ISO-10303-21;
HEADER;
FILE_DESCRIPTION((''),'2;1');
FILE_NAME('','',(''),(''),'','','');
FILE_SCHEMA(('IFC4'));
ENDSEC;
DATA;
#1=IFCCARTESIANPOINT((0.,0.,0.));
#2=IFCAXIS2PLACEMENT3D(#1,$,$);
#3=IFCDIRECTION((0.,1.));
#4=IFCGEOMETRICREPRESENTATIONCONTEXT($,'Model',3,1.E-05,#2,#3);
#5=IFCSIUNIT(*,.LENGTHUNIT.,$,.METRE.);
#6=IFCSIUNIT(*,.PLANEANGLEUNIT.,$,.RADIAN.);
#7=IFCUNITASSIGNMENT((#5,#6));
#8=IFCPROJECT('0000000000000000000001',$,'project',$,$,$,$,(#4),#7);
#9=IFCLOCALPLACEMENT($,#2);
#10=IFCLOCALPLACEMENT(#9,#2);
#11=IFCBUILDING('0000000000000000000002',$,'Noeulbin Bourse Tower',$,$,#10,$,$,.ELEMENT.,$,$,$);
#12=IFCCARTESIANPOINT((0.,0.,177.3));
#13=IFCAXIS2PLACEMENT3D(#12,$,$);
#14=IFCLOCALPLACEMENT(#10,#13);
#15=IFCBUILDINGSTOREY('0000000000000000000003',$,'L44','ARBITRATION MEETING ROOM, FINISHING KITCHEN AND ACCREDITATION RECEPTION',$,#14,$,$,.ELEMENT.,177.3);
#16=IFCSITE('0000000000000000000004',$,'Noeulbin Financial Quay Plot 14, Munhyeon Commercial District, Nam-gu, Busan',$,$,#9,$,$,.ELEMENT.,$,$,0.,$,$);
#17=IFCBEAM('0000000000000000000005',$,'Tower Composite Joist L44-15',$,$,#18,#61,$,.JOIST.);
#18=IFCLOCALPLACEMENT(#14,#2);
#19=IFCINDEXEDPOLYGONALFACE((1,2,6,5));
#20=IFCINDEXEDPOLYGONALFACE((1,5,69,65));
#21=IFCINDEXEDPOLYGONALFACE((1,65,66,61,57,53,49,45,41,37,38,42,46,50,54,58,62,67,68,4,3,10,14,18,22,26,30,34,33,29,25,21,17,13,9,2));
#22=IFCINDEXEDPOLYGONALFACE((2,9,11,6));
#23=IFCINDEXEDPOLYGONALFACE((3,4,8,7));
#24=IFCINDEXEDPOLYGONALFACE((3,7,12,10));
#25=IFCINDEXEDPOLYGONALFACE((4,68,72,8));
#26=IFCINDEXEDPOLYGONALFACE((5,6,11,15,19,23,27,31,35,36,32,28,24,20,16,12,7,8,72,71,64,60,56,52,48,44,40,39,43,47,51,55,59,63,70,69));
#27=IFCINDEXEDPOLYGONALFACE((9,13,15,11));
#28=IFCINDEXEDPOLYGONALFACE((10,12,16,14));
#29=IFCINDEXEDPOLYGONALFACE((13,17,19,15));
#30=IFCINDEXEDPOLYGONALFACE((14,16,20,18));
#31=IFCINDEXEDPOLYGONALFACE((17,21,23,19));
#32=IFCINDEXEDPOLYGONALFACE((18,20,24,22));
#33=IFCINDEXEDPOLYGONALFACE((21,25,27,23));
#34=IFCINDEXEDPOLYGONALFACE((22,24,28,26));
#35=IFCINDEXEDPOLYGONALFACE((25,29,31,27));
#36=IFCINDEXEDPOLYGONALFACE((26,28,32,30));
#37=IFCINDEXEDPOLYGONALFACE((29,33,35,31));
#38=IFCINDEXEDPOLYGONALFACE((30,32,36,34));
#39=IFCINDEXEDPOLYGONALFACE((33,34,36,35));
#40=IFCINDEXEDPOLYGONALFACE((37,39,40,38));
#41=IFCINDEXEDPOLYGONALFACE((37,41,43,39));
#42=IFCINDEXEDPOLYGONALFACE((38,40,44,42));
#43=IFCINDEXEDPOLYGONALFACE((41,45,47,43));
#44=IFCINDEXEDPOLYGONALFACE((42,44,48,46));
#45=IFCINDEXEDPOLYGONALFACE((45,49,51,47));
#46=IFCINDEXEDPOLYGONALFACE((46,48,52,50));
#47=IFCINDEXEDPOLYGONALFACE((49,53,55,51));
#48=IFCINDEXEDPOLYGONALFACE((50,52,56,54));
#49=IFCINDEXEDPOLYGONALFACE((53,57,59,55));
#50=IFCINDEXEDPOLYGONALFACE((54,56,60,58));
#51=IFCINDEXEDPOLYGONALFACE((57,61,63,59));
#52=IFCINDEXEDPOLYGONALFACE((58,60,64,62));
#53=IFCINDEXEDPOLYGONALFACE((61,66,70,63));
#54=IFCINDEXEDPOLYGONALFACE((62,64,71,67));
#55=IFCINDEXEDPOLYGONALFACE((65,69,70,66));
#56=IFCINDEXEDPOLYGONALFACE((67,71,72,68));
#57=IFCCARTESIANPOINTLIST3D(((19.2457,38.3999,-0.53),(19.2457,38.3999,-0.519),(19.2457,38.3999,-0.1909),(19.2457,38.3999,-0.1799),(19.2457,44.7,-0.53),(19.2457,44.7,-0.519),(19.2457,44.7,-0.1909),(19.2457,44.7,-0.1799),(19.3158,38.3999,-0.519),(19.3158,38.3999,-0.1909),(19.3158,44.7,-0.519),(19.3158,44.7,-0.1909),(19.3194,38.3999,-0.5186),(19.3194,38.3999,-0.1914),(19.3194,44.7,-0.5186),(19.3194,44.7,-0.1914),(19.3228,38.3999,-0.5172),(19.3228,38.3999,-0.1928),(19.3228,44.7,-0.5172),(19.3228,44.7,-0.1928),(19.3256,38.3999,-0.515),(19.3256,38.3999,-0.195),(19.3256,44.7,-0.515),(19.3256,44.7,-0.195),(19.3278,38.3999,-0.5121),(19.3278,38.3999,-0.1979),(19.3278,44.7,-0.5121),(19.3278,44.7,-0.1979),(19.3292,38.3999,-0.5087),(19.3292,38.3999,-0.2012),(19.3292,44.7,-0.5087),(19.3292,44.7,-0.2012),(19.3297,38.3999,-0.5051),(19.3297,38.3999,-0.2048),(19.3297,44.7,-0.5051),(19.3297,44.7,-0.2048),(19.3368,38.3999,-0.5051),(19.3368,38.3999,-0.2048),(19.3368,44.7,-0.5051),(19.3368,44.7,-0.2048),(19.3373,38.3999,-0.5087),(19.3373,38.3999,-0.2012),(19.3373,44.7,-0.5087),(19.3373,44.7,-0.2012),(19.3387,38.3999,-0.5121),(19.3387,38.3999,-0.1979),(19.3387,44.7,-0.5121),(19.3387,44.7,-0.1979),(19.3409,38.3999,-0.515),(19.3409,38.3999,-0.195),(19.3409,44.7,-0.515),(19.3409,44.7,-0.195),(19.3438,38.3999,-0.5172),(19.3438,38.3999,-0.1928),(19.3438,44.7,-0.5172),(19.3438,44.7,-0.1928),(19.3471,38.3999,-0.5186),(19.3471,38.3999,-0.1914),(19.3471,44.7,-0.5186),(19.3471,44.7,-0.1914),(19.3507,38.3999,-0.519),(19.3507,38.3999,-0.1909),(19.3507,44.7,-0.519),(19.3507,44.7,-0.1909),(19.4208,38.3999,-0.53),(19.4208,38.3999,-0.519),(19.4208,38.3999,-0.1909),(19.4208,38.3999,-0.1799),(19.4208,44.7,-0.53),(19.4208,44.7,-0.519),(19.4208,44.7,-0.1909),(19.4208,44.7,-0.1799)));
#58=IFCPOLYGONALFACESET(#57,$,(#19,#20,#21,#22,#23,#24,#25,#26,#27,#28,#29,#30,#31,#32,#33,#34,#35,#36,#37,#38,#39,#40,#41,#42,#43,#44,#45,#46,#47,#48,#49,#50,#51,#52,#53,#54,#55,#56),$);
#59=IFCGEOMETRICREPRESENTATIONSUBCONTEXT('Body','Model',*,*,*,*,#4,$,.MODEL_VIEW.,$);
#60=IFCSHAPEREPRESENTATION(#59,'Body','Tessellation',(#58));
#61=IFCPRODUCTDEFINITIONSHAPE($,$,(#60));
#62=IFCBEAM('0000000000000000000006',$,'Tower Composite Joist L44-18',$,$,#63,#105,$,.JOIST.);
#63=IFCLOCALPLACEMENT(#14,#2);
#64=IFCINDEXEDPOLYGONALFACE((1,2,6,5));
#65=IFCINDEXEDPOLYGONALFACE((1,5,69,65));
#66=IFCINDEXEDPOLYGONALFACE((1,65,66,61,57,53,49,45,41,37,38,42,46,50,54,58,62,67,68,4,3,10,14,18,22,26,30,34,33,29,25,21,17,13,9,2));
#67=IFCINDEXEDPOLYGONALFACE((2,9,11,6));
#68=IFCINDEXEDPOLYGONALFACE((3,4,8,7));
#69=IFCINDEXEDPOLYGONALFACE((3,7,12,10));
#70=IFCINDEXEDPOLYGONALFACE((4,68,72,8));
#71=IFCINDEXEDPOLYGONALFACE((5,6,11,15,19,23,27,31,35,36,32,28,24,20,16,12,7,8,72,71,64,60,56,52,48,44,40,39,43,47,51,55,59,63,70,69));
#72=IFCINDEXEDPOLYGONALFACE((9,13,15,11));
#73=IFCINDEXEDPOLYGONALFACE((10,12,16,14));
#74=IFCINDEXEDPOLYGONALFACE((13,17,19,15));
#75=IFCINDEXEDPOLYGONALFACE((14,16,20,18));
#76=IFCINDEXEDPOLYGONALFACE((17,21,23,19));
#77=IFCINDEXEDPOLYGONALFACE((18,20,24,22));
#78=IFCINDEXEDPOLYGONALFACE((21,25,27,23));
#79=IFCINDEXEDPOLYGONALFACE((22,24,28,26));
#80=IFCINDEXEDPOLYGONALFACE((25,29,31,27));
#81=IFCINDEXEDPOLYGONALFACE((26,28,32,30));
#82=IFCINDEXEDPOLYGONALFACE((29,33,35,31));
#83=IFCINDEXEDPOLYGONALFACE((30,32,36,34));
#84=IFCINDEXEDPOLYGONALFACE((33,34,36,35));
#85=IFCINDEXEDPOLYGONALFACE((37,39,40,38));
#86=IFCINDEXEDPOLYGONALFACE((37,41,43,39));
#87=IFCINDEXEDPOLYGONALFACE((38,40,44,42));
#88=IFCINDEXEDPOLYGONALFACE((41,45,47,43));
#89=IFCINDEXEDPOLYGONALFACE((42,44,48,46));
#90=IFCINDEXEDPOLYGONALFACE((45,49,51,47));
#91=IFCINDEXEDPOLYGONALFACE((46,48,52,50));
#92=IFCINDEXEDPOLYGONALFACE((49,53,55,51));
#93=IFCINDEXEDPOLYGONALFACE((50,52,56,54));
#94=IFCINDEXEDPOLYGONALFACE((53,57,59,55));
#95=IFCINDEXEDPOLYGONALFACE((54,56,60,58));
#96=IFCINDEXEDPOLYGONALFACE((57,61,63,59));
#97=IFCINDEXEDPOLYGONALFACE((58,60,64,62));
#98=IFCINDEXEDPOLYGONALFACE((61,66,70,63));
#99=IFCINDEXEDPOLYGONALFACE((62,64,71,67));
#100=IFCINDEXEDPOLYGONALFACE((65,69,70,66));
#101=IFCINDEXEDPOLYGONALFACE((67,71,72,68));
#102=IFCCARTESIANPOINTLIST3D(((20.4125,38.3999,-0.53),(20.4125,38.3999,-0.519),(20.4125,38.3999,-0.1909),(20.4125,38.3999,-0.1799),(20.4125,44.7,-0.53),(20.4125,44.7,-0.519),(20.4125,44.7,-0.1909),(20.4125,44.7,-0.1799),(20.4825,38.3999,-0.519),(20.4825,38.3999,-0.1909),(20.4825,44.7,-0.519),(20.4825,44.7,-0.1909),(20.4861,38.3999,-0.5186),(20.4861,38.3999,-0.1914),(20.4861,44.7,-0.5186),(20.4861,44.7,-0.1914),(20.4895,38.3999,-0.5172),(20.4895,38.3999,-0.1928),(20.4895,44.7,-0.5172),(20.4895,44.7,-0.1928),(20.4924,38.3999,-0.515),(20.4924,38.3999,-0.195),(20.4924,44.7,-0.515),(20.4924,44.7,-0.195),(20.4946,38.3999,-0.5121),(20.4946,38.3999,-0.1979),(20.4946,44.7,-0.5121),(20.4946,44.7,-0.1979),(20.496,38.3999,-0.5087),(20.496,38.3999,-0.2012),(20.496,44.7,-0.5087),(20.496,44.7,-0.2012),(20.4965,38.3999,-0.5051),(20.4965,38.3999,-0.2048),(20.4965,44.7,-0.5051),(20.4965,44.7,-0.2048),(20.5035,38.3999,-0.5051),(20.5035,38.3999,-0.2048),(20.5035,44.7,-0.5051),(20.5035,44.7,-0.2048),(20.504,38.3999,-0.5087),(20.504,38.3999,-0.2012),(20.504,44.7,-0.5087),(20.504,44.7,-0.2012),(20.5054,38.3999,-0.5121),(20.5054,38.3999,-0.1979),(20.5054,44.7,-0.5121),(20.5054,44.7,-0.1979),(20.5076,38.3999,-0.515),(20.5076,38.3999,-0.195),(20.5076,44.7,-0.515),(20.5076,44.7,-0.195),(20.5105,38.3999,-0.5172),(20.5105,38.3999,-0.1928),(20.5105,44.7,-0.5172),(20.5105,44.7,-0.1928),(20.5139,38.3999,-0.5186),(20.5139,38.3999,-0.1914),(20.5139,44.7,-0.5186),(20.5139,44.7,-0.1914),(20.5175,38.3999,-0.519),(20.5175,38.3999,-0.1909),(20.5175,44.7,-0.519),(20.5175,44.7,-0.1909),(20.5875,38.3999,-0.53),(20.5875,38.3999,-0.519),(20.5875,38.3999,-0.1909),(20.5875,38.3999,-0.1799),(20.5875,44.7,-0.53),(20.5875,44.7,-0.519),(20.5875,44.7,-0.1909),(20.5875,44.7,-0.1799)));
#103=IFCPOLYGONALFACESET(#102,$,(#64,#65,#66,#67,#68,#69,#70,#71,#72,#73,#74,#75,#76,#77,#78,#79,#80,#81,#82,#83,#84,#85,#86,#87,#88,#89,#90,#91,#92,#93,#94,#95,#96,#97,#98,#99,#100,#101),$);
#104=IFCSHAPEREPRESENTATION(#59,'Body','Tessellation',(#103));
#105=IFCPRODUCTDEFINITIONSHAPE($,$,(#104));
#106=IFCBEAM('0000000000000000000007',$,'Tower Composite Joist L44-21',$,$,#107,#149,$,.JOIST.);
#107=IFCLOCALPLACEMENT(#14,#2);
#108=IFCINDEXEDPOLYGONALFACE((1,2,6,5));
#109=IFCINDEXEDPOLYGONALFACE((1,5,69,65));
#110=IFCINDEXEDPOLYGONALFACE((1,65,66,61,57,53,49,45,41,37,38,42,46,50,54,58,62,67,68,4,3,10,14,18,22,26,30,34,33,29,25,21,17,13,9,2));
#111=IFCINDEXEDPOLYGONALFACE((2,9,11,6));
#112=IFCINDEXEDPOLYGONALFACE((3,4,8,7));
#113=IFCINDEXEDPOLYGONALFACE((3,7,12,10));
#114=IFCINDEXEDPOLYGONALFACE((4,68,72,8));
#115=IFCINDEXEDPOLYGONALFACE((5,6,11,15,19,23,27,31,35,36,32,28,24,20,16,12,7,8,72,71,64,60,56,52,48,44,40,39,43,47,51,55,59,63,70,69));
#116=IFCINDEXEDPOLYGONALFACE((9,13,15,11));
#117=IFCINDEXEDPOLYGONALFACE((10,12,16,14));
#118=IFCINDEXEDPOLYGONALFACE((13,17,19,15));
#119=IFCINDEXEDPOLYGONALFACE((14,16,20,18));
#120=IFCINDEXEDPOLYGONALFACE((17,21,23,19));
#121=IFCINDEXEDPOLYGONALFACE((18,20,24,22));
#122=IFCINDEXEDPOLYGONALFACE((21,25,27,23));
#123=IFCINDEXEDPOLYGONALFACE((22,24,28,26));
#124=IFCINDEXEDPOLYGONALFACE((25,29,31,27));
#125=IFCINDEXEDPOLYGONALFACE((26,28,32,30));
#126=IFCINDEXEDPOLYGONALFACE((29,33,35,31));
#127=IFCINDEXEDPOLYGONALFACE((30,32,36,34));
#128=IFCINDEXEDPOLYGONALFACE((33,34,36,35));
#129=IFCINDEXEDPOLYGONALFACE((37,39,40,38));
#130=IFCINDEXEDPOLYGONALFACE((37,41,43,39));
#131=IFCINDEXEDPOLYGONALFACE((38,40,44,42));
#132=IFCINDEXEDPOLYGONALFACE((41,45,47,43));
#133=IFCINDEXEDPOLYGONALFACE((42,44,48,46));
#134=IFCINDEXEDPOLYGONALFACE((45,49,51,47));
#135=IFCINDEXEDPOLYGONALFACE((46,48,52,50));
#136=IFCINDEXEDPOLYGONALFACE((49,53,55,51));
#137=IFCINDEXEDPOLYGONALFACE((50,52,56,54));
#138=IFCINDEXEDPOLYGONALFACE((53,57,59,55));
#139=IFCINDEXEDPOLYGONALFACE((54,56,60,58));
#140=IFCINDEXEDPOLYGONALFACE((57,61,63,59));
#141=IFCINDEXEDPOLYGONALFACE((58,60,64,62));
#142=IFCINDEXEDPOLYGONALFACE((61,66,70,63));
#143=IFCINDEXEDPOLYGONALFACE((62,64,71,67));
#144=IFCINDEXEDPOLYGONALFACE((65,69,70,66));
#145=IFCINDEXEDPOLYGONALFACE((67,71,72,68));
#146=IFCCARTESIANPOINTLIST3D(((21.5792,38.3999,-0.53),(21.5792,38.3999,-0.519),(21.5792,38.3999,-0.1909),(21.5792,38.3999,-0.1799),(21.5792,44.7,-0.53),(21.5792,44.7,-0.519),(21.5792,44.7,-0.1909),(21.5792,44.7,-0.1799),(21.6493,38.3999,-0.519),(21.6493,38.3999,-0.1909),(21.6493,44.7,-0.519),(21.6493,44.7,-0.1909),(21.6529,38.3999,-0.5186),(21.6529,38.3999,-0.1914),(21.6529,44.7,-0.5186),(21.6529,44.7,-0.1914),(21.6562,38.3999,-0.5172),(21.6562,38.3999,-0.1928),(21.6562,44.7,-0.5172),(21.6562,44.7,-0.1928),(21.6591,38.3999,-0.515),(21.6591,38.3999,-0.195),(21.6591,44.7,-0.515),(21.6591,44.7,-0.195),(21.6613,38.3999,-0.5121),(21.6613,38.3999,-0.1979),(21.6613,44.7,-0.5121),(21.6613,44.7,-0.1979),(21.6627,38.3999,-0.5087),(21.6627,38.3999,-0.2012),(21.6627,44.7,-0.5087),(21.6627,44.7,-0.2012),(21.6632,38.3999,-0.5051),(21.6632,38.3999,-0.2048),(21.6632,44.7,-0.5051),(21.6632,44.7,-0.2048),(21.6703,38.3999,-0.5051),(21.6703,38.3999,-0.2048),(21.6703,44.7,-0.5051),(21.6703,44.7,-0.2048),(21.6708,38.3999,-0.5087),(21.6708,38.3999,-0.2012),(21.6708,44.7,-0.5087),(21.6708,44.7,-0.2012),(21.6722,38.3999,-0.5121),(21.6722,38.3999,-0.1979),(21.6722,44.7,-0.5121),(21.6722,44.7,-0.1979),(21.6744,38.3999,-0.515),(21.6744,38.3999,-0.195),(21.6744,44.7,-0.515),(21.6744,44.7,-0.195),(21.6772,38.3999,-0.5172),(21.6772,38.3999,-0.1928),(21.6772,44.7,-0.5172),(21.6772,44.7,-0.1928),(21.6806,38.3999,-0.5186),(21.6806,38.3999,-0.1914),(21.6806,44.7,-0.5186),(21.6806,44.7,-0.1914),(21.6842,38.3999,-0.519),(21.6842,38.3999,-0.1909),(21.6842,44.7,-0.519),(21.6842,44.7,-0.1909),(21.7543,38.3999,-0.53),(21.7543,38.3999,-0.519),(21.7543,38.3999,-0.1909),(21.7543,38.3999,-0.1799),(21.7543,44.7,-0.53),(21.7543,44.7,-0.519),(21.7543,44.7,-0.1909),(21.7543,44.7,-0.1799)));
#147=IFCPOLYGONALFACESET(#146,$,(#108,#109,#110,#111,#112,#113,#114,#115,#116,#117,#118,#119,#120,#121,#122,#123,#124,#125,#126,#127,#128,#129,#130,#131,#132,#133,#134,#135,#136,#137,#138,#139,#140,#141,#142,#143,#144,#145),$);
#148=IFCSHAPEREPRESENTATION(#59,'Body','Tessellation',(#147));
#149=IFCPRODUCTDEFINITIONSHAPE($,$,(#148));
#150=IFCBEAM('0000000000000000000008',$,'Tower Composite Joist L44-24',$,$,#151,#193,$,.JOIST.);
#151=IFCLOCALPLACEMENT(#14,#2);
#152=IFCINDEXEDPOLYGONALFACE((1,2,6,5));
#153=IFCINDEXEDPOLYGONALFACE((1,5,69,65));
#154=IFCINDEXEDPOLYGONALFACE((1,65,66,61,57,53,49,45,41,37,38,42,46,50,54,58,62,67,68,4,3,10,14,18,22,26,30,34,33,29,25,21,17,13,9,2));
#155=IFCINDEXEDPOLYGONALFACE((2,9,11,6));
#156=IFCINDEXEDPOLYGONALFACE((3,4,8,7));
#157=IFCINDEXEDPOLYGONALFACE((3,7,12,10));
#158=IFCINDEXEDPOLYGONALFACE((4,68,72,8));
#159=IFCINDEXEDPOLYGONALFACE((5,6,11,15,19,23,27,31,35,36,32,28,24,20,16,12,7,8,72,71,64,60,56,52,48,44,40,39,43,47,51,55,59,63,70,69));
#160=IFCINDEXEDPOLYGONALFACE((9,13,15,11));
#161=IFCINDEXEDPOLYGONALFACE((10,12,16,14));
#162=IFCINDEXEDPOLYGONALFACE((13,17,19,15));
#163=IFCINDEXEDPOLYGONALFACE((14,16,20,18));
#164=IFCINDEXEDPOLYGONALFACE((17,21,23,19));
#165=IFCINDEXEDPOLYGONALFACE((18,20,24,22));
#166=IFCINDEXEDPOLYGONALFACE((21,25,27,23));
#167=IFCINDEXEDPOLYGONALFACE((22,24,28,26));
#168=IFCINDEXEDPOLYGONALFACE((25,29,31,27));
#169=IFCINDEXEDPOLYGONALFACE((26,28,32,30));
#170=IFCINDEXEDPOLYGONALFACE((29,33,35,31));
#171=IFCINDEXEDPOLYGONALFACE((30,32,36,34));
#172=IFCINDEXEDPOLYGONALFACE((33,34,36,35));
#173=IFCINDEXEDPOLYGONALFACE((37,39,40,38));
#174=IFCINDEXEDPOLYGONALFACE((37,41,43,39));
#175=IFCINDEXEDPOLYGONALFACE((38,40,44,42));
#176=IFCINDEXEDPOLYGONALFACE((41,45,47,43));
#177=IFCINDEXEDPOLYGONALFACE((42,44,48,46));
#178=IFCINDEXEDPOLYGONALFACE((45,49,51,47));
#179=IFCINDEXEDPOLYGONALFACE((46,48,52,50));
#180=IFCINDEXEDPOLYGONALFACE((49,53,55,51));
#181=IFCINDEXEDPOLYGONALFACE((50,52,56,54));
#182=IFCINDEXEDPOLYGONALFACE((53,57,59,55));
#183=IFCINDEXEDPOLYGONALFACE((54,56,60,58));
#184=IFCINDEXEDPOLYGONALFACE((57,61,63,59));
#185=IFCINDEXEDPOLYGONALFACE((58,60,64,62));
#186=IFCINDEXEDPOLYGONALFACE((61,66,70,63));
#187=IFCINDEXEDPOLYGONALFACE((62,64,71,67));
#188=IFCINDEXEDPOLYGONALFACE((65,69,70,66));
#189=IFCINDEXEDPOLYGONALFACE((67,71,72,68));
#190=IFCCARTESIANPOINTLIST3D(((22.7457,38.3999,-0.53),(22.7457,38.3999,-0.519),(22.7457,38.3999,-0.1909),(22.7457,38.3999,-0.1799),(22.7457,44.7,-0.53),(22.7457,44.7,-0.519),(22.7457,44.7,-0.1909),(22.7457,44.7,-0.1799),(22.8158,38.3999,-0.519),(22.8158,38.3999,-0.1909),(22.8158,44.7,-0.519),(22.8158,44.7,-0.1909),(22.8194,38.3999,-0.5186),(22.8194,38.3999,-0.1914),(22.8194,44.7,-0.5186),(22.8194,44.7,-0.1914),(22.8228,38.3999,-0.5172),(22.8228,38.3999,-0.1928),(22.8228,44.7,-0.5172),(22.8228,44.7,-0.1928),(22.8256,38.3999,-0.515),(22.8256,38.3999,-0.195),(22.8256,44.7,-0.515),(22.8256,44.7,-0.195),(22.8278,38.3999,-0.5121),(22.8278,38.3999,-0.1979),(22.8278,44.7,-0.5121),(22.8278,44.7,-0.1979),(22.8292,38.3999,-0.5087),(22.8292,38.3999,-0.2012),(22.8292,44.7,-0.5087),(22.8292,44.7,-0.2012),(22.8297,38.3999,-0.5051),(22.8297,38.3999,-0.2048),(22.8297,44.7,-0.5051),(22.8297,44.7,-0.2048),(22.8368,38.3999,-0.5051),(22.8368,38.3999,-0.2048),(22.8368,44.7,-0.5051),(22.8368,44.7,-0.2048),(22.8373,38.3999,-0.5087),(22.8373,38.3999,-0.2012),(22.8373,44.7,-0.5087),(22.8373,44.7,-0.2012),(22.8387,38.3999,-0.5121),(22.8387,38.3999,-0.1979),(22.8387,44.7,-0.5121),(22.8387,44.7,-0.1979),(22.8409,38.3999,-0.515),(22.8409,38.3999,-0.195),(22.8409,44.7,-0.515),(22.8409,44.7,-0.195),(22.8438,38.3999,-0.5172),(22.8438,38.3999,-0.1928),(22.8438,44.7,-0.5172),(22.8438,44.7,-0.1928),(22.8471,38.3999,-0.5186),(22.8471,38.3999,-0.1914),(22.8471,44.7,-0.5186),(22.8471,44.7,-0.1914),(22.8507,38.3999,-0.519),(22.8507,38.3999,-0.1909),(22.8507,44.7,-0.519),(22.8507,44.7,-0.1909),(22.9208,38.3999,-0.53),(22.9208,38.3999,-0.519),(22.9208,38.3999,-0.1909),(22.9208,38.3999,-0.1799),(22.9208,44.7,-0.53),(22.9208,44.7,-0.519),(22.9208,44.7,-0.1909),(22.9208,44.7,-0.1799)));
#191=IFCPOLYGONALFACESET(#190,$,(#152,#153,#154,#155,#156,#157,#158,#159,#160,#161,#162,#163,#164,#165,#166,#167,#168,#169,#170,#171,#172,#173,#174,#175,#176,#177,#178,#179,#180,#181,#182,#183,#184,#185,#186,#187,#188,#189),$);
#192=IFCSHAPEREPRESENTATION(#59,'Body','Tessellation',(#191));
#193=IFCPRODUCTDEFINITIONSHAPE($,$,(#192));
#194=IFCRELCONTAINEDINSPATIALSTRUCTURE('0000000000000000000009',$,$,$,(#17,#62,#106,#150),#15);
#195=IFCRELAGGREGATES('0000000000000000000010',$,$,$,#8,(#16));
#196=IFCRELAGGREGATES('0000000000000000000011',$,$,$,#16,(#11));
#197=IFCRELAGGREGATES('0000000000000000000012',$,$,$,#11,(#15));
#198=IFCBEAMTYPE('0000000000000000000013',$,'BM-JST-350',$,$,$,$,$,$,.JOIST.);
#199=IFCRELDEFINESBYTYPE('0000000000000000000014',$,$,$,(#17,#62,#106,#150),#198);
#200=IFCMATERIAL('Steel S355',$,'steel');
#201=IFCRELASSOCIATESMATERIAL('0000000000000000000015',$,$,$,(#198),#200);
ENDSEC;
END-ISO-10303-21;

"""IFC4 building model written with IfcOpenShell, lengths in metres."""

from ifc_helpers import new_model, si_unit, direction, frame, origin, origin_2d, place, context, subcontext, project, spatial, i_section, extrude, material, material_profile, profile_set, type_object, element, save


model = new_model("IFC4")

# Units and contexts
model_context = context("Model", 3, precision=1e-05, world=origin(), true_north=direction((0.0, 1.0)))
body_context = subcontext(model_context, "Body", "Model", "MODEL_VIEW")
ifc_project = project(units=[si_unit("LENGTHUNIT", "METRE"), si_unit("PLANEANGLEUNIT", "RADIAN")], contexts=[model_context])

# Site, building, storey
site_placement = place(None, origin())
site = spatial("IfcSite", under=ifc_project, at=site_placement, Name="Noeulbin Financial Quay Plot 14, Munhyeon Commercial District, Nam-gu, Busan", CompositionType="ELEMENT", RefElevation=0.0)
building_placement = place(site_placement, origin())
building = spatial("IfcBuilding", under=site, at=building_placement, Name="Noeulbin Bourse Tower", CompositionType="ELEMENT")
storey_placement = place(building_placement, frame((0.0, 0.0, 177.3)))
storey = spatial("IfcBuildingStorey", under=building, at=storey_placement, Name="L44", Description="ARBITRATION MEETING ROOM, FINISHING KITCHEN AND ACCREDITATION RECEPTION", CompositionType="ELEMENT", Elevation=177.3)

# Shared definitions
ifc_material_1 = material(Name="Steel S355", Category="steel")

# Beams
ifc_material_profile_1 = material_profile(ifc_material_1, i_section(OverallWidth=0.175, OverallDepth=0.3501, WebThickness=0.0071, FlangeThickness=0.011, FilletRadius=0.0139, at=origin_2d()), Name="H-350x175x7x11", Category="LoadBearing")
ifc_profile_set_1 = profile_set([ifc_material_profile_1], Name="Steel S355")
beam_type_1 = type_object("IfcBeamType", Name="BM-JST-350", PredefinedType="JOIST", material=ifc_profile_set_1)
for number, where, z_axis, x_axis, name in (
    (1, (19.3333, 38.3999, -0.355), (0.0, 1.0, 0.0), (-1.0, 0.0, 0.0), "Tower Composite Joist L44-15"),
    (2, (20.5, 38.3999, -0.355), (0.0, 1.0, 0.0), (-1.0, 0.0, 0.0), "Tower Composite Joist L44-18"),
    (3, (21.6667, 38.3999, -0.355), (0.0, 1.0, 0.0), (-1.0, 0.0, 0.0), "Tower Composite Joist L44-21"),
    (4, (22.8333, 38.3999, -0.355), (0.0, 1.0, 0.0), (-1.0, 0.0, 0.0), "Tower Composite Joist L44-24"),
):
    element("IfcBeam", number, at=place(storey_placement, frame(where, z_axis=z_axis, x_axis=x_axis)), inside=storey, type_object=beam_type_1, Name=name, PredefinedType="JOIST", context=body_context, shape_type="SweptSolid", body=[
        extrude(i_section(OverallWidth=0.175, OverallDepth=0.3501, WebThickness=0.0071, FlangeThickness=0.011, FilletRadius=0.0139, at=origin_2d()), origin(), (0.0, 0.0, 1.0), 6.3),
    ])

save(model, "model.ifc")
